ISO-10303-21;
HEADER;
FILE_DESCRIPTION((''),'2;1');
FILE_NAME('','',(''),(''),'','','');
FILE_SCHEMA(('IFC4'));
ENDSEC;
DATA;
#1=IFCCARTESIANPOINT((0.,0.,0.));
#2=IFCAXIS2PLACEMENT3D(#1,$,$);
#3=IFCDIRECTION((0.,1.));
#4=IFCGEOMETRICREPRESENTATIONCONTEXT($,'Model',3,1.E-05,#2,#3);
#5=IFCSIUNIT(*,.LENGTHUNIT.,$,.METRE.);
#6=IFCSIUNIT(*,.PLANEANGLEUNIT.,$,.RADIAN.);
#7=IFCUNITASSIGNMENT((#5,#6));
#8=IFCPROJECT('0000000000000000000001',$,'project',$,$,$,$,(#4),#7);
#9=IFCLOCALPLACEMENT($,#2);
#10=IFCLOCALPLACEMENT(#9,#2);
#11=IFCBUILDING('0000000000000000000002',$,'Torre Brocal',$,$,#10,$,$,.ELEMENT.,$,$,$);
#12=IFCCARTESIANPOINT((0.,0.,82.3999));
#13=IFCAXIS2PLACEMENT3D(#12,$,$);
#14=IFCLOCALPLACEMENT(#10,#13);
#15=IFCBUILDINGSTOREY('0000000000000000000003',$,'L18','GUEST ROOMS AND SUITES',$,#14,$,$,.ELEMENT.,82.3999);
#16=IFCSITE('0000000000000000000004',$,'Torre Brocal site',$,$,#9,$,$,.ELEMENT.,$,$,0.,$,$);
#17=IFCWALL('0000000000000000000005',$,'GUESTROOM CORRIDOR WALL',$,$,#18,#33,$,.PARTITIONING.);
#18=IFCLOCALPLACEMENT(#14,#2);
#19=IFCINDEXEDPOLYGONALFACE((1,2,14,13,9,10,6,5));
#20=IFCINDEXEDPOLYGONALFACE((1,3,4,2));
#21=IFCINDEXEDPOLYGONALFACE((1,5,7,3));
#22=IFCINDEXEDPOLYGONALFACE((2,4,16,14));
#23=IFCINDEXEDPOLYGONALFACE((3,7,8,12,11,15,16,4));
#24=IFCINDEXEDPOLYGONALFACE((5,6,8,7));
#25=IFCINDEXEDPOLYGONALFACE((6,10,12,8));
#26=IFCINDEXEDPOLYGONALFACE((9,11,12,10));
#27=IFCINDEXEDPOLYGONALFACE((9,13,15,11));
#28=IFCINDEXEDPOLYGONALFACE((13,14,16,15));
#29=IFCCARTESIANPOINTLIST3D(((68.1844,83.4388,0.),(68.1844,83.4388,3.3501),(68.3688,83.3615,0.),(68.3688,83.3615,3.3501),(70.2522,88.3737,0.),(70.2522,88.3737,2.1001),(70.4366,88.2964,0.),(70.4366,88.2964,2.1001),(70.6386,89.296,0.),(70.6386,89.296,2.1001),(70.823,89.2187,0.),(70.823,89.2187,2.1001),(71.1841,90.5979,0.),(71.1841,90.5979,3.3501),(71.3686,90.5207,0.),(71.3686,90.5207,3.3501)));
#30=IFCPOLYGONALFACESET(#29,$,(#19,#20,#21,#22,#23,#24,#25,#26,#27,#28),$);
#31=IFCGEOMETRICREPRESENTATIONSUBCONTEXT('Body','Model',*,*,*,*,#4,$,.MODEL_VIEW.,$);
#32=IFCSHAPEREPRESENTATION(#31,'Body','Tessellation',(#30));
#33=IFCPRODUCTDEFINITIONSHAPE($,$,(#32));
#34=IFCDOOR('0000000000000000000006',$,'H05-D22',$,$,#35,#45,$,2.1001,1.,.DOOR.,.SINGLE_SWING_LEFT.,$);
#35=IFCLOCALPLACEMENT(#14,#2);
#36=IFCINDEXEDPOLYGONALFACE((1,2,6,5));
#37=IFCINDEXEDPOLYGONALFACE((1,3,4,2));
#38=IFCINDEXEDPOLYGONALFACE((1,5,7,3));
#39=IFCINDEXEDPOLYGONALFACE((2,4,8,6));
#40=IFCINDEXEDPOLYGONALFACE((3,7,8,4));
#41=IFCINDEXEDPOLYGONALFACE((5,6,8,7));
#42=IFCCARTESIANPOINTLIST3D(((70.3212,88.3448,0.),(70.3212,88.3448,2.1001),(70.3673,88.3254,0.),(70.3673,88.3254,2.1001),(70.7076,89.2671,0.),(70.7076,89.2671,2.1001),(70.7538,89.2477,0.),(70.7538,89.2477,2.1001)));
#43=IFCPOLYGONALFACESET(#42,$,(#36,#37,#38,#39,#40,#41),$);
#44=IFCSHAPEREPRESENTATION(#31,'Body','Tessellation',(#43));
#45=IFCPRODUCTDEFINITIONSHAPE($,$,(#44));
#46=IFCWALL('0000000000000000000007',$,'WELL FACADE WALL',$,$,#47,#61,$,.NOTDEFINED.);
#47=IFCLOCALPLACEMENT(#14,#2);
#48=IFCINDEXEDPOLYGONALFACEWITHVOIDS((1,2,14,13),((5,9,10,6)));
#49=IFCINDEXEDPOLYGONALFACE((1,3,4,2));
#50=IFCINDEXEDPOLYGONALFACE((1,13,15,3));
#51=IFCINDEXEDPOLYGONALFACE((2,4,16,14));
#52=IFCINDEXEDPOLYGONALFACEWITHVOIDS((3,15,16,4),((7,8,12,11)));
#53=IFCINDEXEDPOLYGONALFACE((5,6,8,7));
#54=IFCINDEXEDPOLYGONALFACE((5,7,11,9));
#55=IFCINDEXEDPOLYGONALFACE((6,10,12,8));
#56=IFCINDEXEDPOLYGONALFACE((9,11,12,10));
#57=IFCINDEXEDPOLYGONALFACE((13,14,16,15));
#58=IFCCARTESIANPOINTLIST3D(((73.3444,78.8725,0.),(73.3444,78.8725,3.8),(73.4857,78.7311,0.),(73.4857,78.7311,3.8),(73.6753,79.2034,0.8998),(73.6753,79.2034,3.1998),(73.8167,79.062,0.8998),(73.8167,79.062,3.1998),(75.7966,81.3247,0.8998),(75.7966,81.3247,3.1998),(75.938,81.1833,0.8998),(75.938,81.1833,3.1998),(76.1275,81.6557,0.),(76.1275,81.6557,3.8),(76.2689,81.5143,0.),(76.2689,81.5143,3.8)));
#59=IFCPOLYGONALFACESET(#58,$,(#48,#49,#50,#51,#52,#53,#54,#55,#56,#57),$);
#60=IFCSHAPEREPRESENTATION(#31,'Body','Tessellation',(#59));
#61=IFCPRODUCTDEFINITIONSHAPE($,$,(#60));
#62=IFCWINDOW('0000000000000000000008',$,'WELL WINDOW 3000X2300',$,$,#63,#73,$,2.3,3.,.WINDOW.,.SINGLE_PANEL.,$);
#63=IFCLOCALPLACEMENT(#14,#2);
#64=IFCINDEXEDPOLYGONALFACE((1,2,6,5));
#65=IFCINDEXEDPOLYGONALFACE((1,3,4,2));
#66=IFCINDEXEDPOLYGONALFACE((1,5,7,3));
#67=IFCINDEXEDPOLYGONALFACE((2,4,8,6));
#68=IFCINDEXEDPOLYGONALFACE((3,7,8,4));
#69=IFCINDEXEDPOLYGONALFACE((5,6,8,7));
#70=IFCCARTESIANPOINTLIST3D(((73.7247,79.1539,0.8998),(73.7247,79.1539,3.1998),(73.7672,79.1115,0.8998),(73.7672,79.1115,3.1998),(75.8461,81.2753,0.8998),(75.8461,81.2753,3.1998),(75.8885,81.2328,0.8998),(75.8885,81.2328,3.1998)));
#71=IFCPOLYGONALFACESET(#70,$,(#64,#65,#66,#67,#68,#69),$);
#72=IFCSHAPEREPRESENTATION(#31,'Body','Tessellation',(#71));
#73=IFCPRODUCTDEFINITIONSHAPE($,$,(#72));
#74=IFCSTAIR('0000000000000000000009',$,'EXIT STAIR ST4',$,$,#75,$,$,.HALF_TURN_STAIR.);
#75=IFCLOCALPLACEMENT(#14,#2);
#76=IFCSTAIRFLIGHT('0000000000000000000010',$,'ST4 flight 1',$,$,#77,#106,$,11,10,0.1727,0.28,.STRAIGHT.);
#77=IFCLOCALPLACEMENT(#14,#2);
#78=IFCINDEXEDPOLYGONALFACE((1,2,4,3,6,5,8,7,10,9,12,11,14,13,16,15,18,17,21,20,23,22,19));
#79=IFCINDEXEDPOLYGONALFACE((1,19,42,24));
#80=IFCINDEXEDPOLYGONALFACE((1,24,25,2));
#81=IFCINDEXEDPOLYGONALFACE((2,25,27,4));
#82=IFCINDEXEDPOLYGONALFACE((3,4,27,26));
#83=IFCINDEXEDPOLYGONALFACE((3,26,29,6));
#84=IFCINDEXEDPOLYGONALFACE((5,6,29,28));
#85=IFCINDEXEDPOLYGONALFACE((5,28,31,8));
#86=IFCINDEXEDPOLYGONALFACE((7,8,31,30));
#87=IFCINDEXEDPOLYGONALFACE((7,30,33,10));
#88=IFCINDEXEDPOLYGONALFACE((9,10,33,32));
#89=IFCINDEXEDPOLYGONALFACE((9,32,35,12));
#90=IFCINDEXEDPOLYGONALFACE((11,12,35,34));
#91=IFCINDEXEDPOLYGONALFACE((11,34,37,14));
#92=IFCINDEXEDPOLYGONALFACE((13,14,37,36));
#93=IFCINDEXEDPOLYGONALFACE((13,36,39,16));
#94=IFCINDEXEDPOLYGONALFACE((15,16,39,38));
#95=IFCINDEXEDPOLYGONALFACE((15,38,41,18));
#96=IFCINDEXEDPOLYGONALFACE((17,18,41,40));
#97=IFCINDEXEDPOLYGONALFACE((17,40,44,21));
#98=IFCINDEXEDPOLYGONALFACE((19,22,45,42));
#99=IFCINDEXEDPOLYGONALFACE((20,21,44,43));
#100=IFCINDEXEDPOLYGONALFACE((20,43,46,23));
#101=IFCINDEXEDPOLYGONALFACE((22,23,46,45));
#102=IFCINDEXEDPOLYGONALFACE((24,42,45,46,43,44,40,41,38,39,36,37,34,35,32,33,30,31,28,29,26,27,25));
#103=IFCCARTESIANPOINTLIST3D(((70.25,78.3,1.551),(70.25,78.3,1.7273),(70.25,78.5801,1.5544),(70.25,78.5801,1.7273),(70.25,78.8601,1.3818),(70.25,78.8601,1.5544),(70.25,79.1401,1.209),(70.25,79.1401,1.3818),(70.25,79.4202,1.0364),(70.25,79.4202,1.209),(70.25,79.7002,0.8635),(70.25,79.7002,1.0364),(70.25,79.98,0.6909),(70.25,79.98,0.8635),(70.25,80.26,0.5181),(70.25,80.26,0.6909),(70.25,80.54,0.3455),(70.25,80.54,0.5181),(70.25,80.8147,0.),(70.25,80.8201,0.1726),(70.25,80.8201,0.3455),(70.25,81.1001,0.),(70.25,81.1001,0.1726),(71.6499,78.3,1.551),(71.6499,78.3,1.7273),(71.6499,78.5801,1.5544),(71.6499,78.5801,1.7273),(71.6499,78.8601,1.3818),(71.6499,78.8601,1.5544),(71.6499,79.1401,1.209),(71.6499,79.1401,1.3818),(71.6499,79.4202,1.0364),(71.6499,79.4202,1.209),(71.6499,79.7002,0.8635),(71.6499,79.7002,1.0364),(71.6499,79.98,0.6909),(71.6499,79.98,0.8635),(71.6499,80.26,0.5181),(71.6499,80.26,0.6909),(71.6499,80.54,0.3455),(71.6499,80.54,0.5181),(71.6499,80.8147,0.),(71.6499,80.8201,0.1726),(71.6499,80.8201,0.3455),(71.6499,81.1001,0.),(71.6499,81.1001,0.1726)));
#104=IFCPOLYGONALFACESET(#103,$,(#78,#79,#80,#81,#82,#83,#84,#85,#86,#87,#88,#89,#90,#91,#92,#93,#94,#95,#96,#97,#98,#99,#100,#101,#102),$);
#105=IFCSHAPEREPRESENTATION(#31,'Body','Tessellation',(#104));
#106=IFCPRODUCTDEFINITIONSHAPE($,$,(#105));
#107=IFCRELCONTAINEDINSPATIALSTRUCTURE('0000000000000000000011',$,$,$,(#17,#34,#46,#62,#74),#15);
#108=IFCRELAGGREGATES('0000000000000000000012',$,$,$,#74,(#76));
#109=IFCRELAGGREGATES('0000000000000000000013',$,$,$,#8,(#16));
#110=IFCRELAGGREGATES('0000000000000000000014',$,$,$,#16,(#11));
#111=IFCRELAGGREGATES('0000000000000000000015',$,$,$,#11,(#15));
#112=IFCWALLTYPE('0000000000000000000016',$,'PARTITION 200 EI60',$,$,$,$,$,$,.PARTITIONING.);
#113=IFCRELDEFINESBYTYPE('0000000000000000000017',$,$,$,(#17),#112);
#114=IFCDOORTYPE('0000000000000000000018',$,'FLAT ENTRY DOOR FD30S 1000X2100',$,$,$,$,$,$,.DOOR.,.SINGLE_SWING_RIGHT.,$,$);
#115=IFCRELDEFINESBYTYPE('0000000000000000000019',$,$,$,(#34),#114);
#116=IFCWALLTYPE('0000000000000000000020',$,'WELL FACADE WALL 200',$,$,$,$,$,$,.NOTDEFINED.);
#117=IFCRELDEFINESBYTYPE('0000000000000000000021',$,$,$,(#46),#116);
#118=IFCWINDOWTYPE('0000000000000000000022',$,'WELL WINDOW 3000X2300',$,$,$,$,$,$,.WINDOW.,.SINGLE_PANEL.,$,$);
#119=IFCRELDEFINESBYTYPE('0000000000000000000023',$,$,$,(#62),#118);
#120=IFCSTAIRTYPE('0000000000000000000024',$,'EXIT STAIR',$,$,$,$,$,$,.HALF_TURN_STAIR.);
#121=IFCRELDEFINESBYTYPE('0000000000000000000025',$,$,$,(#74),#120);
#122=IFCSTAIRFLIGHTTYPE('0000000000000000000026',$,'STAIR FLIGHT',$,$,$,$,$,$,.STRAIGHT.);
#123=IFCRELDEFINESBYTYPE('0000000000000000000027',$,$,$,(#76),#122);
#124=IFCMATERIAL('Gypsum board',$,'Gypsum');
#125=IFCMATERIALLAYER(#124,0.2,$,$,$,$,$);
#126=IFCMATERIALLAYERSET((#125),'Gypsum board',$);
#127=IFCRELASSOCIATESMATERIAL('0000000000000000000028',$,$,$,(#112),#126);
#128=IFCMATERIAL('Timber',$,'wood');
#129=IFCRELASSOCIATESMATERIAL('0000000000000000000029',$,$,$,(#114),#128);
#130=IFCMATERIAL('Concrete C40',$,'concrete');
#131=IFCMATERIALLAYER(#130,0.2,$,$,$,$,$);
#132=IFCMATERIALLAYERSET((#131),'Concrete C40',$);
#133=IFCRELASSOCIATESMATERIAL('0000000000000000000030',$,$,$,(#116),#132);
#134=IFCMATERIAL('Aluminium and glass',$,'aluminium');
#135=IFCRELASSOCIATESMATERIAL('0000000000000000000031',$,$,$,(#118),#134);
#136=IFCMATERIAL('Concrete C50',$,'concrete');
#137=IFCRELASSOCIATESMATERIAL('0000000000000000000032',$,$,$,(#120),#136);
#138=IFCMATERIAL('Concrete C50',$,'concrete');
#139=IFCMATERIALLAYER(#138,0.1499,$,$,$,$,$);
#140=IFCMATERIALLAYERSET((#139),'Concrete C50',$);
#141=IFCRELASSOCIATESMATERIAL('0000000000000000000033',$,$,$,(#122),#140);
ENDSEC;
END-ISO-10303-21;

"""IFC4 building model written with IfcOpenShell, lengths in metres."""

from ifc_helpers import new_model, si_unit, direction, frame, frame_2d, origin, place, context, subcontext, project, spatial, polyline, rectangle, outline, extrude, material, layer, layer_set, type_object, element, fill, aggregate, save


model = new_model("IFC4")

# Units and contexts
model_context = context("Model", 3, precision=1e-05, world=origin(), true_north=direction((0.0, 1.0)))
body_context = subcontext(model_context, "Body", "Model", "MODEL_VIEW")
ifc_project = project(units=[si_unit("LENGTHUNIT", "METRE"), si_unit("PLANEANGLEUNIT", "RADIAN")], contexts=[model_context])

# Site, building, storey
site_placement = place(None, origin())
site = spatial("IfcSite", under=ifc_project, at=site_placement, Name="Torre Brocal site", CompositionType="ELEMENT", RefElevation=0.0)
building_placement = place(site_placement, origin())
building = spatial("IfcBuilding", under=site, at=building_placement, Name="Torre Brocal", CompositionType="ELEMENT")
storey_placement = place(building_placement, frame((0.0, 0.0, 82.3999)))
storey = spatial("IfcBuildingStorey", under=building, at=storey_placement, Name="L18", Description="GUEST ROOMS AND SUITES", CompositionType="ELEMENT", Elevation=82.3999)

# Wall, opening, door
ifc_material_1 = material(Name="Gypsum board", Category="Gypsum")
ifc_layer_1 = layer(ifc_material_1, 0.2)
ifc_layer_set_1 = layer_set([ifc_layer_1], Name="Gypsum board")
wall_type_1 = type_object("IfcWallType", Name="PARTITION 200 EI60", PredefinedType="PARTITIONING", material=ifc_layer_set_1)
ifc_material_2 = material(Name="Timber", Category="wood")
door_type_1 = type_object("IfcDoorType", Name="FLAT ENTRY DOOR FD30S 1000X2100", OperationType="SINGLE_SWING_RIGHT", PredefinedType="DOOR", material=ifc_material_2)
wall_1_placement = place(storey_placement, frame((68.2766, 83.4001, 0.0), z_axis=(0.0, 0.0, 1.0), x_axis=(0.386455, 0.922308, 0.0)))
wall_1 = element("IfcWall", 1, at=wall_1_placement, inside=storey, type_object=wall_type_1, Name="GUESTROOM CORRIDOR WALL", PredefinedType="PARTITIONING", context=body_context, shape_type="SweptSolid", body=[
    extrude(rectangle(XDim=7.7622, YDim=0.2, at=frame_2d((3.8811, 0.0))), origin(), (0.0, 0.0, 1.0), 3.3501),
])
opening_1_placement = place(wall_1_placement, frame((5.3506, 0.0, 0.0)))
opening_1 = element("IfcOpeningElement", 2, at=opening_1_placement, cuts=wall_1, PredefinedType="OPENING", context=body_context, shape_type="SweptSolid", body=[
    extrude(rectangle(XDim=1.0, YDim=2.1001, at=frame_2d((0.5, 1.05))), frame((0.0, 0.1099, 0.0), z_axis=(0.0, -1.0, 0.0), x_axis=(1.0, 0.0, 0.0)), (0.0, 0.0, 1.0), 0.22),
])
door_1_placement = place(opening_1_placement, frame((1.0, 0.0, 0.0), z_axis=(0.0, 0.0, 1.0), x_axis=(-1.0, 0.0, 0.0)))
door_1 = element("IfcDoor", 3, at=door_1_placement, inside=storey, type_object=door_type_1, Name="H05-D22", OperationType="SINGLE_SWING_LEFT", OverallHeight=2.1001, OverallWidth=1.0, PredefinedType="DOOR", context=body_context, shape_type="SweptSolid", body=[
    extrude(rectangle(XDim=1.0, YDim=2.1001, at=frame_2d((0.5, 1.05))), frame((0.0, 0.0249, 0.0), z_axis=(0.0, -1.0, 0.0), x_axis=(1.0, 0.0, 0.0)), (0.0, 0.0, 1.0), 0.05),
])
fill(opening_1, door_1)

# Wall, opening, window
ifc_material_3 = material(Name="Concrete C40", Category="concrete")
ifc_layer_2 = layer(ifc_material_3, 0.2)
ifc_layer_set_2 = layer_set([ifc_layer_2], Name="Concrete C40")
wall_type_2 = type_object("IfcWallType", Name="WELL FACADE WALL 200", PredefinedType="NOTDEFINED", material=ifc_layer_set_2)
wall_2_placement = place(storey_placement, frame((76.1982, 81.585, 0.0), z_axis=(0.0, 0.0, 1.0), x_axis=(-0.707107, -0.707107, 0.0)))
wall_2 = element("IfcWall", 4, at=wall_2_placement, inside=storey, type_object=wall_type_2, Name="WELL FACADE WALL", PredefinedType="NOTDEFINED", context=body_context, shape_type="SweptSolid", body=[
    extrude(rectangle(XDim=3.936, YDim=0.2, at=frame_2d((1.968, 0.0))), origin(), (0.0, 0.0, 1.0), 3.8),
])
opening_2_placement = place(wall_2_placement, frame((0.468, 0.0, 0.8999)))
opening_2 = element("IfcOpeningElement", 5, at=opening_2_placement, cuts=wall_2, PredefinedType="OPENING", context=body_context, shape_type="SweptSolid", body=[
    extrude(rectangle(XDim=3.0, YDim=2.3, at=frame_2d((1.5, 1.1499))), frame((0.0, 0.1099, 0.0), z_axis=(0.0, -1.0, 0.0), x_axis=(1.0, 0.0, 0.0)), (0.0, 0.0, 1.0), 0.22),
])
ifc_material_4 = material(Name="Aluminium and glass", Category="aluminium")
window_type = type_object("IfcWindowType", Name="WELL WINDOW 3000X2300", PartitioningType="SINGLE_PANEL", PredefinedType="WINDOW", material=ifc_material_4)
window_placement = place(opening_2_placement, origin())
window = element("IfcWindow", 6, at=window_placement, inside=storey, type_object=window_type, Name="WELL WINDOW 3000X2300", OverallHeight=2.3, OverallWidth=3.0, PartitioningType="SINGLE_PANEL", PredefinedType="WINDOW", context=body_context, shape_type="SweptSolid", body=[
    extrude(rectangle(XDim=3.0, YDim=2.3, at=frame_2d((1.5, 1.1499))), frame((0.0, 0.03, 0.0), z_axis=(0.0, -1.0, 0.0), x_axis=(1.0, 0.0, 0.0)), (0.0, 0.0, 1.0), 0.0601),
])
fill(opening_2, window)

# Stair, stair flight
ifc_material_5 = material(Name="Concrete C50", Category="concrete")
stair_type = type_object("IfcStairType", Name="EXIT STAIR", PredefinedType="HALF_TURN_STAIR", material=ifc_material_5)
stair_placement = place(storey_placement, origin())
stair = element("IfcStair", 7, at=stair_placement, inside=storey, type_object=stair_type, Name="EXIT STAIR ST4", PredefinedType="HALF_TURN_STAIR")
ifc_material_6 = material(Name="Concrete C50", Category="concrete")
ifc_layer_3 = layer(ifc_material_6, 0.1499)
ifc_layer_set_3 = layer_set([ifc_layer_3], Name="Concrete C50")
stair_flight_type = type_object("IfcStairFlightType", Name="STAIR FLIGHT", PredefinedType="STRAIGHT", material=ifc_layer_set_3)
stair_flight_placement = place(storey_placement, frame((70.95, 81.1001, 0.0), z_axis=(0.0, 0.0, 1.0), x_axis=(0.0, -1.0, 0.0)))
stair_flight = element("IfcStairFlight", 8, at=stair_flight_placement, type_object=stair_flight_type, Name="ST4 flight 1", NumberOfRisers=11, NumberOfTreads=10, PredefinedType="STRAIGHT", RiserHeight=0.1727, TreadLength=0.28, context=body_context, shape_type="SweptSolid", body=[
    extrude(outline(polyline([(0.0, 0.0), (0.0, 0.1726), (0.28, 0.1726), (0.28, 0.3455), (0.5601, 0.3455), (0.5601, 0.5181), (0.8401, 0.5181), (0.8401, 0.6909), (1.1201, 0.6909), (1.1201, 0.8635), (1.3999, 0.8635), (1.3999, 1.0364), (1.6799, 1.0364), (1.6799, 1.209), (1.96, 1.209), (1.96, 1.3818), (2.24, 1.3818), (2.24, 1.5544), (2.52, 1.5544), (2.52, 1.7273), (2.8, 1.7273), (2.8, 1.8999), (2.8, 1.551), (0.2854, 0.0), (0.0, 0.0)])), frame((0.0, 0.7, 0.0), z_axis=(0.0, -1.0, 0.0), x_axis=(1.0, 0.0, 0.0)), (0.0, 0.0, 1.0), 1.3999),
])
aggregate(stair, [stair_flight])

save(model, "model.ifc")
